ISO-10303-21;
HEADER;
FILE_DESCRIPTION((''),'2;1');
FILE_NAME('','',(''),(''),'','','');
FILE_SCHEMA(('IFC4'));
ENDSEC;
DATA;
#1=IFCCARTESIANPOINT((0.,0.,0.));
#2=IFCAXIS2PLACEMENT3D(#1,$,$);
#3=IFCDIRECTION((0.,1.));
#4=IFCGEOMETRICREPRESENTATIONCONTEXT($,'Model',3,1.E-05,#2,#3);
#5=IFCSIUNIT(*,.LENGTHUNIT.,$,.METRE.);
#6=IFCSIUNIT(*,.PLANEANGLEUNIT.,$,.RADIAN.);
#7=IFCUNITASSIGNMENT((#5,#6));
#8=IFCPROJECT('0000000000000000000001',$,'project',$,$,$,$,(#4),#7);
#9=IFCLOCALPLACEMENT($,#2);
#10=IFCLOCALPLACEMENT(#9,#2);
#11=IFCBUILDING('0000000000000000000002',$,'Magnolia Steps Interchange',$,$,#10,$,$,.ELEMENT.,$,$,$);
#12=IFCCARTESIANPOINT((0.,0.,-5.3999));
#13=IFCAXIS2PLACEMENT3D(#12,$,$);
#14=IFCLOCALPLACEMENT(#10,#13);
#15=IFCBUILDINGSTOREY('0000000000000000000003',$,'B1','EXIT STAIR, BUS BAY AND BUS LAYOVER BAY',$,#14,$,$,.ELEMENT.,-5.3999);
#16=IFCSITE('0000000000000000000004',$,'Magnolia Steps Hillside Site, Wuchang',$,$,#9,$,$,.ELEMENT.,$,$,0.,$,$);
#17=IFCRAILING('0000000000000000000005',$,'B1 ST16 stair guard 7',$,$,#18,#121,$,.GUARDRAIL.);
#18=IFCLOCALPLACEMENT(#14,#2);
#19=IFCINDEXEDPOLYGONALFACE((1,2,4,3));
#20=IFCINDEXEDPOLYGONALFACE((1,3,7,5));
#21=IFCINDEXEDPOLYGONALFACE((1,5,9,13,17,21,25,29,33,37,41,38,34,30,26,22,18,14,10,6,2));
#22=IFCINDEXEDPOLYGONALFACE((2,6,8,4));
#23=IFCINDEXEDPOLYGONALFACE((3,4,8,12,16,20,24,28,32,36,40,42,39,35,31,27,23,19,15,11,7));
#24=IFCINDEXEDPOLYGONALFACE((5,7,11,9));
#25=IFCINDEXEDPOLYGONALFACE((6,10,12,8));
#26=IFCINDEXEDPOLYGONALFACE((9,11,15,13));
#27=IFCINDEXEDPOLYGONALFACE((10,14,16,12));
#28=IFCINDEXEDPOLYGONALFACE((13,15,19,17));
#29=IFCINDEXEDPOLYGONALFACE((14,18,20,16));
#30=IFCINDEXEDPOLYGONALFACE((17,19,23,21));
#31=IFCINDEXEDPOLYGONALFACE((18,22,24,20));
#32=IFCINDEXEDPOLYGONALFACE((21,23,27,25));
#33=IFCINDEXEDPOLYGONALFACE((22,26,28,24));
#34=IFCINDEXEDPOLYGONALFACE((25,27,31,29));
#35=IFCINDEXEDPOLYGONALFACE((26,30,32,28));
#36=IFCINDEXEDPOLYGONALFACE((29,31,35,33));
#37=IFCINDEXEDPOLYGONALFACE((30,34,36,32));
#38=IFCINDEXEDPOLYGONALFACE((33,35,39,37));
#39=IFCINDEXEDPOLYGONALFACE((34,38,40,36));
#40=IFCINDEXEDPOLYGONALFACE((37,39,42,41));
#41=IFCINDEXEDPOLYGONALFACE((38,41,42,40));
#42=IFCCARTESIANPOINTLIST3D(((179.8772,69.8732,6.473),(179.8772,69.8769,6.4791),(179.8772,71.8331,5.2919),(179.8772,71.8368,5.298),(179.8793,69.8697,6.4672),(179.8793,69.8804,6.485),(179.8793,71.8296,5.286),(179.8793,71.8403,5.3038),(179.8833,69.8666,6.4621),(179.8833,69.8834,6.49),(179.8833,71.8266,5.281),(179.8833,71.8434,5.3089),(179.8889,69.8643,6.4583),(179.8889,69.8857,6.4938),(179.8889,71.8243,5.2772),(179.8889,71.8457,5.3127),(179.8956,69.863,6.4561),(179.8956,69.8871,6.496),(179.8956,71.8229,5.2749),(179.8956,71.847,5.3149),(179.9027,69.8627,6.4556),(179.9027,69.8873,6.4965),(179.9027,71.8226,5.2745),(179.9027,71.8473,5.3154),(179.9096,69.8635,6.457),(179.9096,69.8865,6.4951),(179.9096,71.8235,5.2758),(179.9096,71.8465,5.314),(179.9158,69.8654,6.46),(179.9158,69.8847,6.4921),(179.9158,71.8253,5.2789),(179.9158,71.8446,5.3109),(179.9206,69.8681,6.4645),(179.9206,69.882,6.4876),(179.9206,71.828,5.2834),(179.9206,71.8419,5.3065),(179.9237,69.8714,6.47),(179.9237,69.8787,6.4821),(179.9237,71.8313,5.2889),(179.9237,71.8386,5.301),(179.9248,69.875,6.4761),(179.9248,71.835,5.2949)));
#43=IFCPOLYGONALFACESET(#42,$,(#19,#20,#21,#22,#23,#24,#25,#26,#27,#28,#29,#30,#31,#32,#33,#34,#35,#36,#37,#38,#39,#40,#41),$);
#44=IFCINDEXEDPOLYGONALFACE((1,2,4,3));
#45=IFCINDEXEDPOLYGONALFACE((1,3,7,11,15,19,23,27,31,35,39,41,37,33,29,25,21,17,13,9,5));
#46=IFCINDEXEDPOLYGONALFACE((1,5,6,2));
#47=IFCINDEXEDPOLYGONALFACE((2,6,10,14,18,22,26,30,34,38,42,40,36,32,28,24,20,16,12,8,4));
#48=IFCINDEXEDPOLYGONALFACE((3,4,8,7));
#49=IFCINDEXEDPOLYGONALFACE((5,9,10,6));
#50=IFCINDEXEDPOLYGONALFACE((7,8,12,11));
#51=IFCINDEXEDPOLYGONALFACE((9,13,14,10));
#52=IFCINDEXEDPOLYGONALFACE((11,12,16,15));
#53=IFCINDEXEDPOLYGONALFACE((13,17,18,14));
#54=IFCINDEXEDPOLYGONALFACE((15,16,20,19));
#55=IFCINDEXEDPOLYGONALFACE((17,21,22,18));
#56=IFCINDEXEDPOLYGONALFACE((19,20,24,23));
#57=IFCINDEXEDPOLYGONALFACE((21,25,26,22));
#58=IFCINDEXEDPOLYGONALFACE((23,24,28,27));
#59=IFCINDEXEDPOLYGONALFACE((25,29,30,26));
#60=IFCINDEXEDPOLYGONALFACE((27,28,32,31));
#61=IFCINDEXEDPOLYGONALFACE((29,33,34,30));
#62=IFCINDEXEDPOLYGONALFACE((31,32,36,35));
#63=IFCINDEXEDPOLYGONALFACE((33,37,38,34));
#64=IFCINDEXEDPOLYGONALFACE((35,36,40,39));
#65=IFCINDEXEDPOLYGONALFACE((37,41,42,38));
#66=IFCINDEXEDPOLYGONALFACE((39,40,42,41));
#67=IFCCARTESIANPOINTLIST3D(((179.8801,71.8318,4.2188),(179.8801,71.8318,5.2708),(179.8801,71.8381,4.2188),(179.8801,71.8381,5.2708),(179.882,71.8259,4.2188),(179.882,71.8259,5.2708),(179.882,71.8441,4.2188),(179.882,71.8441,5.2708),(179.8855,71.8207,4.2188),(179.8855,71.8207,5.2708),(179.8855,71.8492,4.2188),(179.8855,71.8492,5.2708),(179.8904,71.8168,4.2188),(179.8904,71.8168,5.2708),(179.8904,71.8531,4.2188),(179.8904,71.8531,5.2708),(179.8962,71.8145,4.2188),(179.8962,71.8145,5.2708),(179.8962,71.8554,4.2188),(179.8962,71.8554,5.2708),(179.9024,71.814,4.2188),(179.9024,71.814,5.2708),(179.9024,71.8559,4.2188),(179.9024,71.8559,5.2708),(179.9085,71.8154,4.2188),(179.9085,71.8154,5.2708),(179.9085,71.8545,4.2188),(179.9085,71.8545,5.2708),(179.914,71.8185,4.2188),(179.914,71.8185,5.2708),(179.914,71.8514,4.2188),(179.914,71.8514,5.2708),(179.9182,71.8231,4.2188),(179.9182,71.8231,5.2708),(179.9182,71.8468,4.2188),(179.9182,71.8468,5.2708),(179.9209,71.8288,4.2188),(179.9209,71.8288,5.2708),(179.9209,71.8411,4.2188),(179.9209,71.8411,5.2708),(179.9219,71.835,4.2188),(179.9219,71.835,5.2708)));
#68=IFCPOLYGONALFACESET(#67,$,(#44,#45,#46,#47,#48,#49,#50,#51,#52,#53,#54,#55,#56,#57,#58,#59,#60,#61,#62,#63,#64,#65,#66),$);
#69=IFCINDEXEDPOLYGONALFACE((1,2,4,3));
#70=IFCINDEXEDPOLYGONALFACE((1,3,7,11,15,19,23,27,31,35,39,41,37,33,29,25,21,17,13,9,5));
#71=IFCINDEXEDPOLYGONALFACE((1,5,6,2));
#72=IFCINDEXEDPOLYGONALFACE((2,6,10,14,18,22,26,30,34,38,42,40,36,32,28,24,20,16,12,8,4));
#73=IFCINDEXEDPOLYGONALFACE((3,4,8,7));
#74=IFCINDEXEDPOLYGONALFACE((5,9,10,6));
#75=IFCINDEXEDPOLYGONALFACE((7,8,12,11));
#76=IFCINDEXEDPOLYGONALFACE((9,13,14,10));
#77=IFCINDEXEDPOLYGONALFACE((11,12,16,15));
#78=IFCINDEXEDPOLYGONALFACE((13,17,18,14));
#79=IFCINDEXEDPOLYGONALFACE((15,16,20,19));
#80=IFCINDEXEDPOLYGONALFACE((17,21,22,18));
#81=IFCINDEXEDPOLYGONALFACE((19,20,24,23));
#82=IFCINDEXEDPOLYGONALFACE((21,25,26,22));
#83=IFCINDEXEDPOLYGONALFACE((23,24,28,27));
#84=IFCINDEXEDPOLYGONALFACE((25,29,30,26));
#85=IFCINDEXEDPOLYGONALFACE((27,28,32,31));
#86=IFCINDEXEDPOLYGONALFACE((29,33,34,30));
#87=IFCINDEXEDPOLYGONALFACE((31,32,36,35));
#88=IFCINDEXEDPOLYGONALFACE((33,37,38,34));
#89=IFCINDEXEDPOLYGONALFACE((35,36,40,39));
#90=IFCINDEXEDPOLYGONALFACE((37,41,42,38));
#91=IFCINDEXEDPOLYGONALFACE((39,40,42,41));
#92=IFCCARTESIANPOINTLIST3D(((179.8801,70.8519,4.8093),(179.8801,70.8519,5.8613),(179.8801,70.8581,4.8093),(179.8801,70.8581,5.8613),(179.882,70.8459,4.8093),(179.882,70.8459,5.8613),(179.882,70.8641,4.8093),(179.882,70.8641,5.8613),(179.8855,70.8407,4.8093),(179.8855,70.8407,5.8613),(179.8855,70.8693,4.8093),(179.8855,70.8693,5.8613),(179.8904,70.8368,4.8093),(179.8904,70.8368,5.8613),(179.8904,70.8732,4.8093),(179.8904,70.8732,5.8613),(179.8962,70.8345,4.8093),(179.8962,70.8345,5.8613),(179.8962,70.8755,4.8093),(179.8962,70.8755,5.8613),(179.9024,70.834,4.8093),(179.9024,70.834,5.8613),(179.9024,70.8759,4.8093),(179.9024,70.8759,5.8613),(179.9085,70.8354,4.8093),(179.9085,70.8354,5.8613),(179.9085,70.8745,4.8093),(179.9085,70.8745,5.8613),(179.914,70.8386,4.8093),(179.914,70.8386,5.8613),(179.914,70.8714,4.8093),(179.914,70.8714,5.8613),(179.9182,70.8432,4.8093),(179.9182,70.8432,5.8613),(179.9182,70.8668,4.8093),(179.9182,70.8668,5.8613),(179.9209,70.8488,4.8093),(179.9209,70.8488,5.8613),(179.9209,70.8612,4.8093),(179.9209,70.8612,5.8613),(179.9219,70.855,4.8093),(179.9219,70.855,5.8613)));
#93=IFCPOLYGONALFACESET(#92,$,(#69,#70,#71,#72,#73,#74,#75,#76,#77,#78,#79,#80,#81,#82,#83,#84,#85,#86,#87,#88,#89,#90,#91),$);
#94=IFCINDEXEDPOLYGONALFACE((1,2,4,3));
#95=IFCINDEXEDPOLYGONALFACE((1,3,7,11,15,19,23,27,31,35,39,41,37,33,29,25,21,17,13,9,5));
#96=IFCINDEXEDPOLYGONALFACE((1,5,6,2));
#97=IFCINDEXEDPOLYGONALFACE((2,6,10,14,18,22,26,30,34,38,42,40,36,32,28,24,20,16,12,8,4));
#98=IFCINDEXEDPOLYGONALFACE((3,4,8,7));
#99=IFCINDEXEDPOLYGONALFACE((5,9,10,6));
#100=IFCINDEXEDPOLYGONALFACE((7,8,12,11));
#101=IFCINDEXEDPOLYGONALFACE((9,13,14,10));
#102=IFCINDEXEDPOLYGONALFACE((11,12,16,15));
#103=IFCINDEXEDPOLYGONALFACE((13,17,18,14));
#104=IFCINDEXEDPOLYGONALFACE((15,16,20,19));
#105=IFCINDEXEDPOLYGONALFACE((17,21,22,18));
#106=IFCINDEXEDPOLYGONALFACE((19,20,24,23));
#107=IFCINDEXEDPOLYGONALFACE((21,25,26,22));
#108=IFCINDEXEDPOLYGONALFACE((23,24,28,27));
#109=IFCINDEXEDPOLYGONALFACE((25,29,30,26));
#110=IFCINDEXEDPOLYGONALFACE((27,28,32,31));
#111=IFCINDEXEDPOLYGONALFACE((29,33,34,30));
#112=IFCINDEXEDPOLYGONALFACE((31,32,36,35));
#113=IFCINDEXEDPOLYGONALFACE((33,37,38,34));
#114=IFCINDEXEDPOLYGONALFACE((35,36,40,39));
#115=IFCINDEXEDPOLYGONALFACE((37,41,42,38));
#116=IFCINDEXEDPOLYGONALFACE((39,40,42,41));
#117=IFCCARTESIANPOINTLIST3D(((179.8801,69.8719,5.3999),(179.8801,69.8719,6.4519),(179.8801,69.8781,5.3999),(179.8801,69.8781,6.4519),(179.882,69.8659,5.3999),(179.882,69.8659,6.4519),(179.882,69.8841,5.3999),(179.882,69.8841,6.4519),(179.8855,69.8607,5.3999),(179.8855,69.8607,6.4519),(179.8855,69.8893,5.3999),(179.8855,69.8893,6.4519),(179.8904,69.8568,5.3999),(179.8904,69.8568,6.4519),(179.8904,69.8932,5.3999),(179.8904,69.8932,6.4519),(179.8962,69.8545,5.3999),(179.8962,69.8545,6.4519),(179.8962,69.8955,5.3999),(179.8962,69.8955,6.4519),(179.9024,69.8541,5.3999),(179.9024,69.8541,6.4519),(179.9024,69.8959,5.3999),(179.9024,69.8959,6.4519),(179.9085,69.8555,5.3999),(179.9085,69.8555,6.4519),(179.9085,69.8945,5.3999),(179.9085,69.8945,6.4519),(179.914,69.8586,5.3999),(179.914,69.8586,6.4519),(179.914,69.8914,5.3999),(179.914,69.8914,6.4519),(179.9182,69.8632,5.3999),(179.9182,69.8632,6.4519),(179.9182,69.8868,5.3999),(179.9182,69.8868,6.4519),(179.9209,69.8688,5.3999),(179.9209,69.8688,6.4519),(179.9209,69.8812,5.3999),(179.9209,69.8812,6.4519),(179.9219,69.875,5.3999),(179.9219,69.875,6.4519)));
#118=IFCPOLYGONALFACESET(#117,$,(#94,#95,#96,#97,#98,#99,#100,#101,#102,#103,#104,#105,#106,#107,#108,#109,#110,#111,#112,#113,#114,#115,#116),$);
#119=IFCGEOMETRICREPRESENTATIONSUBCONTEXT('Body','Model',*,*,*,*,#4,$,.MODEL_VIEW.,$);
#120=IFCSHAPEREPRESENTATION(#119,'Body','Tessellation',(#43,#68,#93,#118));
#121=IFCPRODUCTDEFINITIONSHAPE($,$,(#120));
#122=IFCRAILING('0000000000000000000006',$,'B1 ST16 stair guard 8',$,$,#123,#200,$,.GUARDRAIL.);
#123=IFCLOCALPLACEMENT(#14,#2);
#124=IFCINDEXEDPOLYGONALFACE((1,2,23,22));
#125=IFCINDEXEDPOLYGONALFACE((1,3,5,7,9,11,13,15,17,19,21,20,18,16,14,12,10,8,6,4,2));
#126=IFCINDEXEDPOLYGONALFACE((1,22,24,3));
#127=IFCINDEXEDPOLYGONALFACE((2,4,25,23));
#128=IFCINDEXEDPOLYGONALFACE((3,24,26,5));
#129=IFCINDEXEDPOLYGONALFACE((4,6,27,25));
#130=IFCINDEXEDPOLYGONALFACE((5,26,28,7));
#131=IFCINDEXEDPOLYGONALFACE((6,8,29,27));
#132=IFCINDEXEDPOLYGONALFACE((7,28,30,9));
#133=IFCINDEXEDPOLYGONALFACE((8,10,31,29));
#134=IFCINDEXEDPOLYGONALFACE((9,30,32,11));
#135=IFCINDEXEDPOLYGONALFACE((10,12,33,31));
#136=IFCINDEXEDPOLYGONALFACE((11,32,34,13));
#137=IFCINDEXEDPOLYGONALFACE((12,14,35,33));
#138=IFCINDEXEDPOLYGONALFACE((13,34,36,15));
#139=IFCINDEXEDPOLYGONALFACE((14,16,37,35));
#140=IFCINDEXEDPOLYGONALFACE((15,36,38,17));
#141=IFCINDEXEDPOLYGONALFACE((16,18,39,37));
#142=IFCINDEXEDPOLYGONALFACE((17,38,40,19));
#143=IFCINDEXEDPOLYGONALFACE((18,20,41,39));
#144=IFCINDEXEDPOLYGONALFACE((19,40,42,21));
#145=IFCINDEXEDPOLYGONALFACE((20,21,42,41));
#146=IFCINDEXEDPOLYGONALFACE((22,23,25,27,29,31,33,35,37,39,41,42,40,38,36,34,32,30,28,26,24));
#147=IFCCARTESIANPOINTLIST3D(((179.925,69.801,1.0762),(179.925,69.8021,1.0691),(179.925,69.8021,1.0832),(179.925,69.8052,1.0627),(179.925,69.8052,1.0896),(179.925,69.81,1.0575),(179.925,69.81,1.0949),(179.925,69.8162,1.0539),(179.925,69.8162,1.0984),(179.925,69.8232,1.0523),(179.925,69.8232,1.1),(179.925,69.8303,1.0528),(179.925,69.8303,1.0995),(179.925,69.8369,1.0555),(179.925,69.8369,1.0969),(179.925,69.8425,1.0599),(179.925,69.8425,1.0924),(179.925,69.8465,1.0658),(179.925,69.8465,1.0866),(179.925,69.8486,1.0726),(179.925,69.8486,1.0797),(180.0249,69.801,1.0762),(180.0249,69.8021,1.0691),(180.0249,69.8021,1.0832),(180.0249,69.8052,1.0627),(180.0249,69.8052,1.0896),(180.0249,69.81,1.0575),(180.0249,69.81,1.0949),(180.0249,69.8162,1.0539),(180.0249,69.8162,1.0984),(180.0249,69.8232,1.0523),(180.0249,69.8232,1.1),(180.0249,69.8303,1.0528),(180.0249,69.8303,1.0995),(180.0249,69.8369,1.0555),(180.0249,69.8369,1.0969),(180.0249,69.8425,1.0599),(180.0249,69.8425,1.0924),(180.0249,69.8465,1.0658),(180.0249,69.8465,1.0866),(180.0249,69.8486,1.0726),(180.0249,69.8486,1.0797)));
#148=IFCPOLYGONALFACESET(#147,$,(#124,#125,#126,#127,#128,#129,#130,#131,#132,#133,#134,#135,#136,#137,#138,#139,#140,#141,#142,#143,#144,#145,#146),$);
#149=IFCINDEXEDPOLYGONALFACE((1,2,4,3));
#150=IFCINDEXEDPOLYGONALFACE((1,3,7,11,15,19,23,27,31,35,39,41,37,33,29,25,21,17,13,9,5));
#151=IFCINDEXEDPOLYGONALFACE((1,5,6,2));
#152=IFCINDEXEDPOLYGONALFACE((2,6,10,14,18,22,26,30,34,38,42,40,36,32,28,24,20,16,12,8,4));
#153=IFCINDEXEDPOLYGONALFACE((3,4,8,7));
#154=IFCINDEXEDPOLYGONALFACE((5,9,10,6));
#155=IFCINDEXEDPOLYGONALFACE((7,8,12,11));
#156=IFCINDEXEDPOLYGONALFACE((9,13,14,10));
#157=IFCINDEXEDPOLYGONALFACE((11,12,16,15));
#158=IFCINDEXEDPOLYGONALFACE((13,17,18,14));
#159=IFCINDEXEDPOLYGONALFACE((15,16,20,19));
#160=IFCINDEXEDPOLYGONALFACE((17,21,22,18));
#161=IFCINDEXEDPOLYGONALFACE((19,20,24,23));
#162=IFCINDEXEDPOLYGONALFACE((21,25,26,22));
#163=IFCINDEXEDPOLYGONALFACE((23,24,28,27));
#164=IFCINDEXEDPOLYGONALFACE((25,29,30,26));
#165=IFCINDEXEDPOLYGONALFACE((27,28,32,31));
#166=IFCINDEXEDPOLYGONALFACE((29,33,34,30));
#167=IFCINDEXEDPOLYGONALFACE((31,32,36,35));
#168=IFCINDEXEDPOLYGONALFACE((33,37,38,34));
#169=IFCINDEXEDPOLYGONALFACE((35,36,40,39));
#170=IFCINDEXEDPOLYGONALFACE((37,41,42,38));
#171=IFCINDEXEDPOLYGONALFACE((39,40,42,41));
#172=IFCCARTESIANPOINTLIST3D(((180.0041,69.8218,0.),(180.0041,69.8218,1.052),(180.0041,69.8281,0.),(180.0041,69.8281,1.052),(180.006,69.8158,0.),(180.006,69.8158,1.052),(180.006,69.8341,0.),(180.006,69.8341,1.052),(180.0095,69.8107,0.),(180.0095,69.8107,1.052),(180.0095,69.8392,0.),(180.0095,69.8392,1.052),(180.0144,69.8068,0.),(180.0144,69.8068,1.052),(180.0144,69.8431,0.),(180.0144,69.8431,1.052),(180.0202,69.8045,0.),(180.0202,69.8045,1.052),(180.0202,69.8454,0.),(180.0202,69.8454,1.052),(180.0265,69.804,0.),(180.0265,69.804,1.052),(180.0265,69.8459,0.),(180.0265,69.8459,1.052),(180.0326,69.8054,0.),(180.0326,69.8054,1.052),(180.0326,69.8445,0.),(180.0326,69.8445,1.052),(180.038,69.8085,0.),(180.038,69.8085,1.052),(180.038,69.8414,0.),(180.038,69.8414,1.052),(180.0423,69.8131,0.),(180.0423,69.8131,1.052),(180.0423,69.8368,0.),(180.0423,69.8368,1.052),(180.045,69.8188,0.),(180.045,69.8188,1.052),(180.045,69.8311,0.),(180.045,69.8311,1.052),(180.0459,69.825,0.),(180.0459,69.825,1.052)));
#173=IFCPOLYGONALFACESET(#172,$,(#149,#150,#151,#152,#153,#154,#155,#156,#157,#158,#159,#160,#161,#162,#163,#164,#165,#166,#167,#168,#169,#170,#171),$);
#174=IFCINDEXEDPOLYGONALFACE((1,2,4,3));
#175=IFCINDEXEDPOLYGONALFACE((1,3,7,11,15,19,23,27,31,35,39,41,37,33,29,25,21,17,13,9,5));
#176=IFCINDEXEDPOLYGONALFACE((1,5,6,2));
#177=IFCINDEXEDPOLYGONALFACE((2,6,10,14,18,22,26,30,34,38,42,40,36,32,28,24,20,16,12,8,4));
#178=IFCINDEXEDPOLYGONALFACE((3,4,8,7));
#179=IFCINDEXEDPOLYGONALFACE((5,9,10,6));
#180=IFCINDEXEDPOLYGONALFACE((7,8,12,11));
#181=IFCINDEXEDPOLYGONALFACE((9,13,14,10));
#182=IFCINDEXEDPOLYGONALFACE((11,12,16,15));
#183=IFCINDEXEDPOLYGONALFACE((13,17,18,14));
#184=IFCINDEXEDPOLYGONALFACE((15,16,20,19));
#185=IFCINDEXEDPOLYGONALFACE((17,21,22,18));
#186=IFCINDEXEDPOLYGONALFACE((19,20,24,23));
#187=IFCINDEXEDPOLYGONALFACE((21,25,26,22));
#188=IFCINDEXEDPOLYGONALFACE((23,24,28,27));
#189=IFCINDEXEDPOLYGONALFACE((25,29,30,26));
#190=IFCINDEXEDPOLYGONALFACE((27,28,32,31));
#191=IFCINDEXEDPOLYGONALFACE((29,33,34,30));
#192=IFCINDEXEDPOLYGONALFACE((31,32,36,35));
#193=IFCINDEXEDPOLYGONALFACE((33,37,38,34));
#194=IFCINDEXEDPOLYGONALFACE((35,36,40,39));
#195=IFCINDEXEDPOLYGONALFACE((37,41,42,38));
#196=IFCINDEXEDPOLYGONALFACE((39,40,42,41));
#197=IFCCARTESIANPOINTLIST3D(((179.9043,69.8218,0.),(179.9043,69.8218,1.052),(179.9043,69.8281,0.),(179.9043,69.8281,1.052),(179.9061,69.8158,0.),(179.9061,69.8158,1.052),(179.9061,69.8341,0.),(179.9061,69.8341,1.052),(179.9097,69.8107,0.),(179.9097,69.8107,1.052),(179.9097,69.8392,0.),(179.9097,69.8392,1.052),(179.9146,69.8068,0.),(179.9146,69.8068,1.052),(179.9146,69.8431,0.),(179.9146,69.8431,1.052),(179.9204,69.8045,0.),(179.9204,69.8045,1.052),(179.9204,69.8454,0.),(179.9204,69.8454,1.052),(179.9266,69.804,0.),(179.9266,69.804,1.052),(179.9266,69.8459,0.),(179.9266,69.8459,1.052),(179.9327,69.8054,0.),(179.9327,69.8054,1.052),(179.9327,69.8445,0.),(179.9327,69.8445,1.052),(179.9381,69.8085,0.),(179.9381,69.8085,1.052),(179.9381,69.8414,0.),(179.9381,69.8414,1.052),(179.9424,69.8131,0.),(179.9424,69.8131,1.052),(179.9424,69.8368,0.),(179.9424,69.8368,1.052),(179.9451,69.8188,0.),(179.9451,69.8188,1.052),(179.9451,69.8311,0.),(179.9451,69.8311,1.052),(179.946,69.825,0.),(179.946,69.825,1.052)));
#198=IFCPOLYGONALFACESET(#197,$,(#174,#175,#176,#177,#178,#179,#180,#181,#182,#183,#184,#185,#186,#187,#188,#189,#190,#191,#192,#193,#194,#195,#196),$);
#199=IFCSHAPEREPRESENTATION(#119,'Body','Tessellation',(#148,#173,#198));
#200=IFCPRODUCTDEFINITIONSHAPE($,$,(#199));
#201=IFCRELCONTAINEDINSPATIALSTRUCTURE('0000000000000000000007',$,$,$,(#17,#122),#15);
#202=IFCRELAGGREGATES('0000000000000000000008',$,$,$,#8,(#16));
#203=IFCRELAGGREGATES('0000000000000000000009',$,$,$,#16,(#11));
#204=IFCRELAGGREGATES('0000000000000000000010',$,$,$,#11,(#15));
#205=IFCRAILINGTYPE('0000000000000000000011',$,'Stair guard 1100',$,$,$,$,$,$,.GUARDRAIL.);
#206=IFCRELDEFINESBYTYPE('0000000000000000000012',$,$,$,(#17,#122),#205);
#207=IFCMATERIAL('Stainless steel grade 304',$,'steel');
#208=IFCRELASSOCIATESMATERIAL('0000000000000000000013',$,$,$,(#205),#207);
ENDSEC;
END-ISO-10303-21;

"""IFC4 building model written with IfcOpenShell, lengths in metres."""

from ifc_helpers import new_model, si_unit, direction, frame, origin, origin_2d, place, context, subcontext, project, spatial, circle, extrude, material, type_object, element, save


model = new_model("IFC4")

# Units and contexts
model_context = context("Model", 3, precision=1e-05, world=origin(), true_north=direction((0.0, 1.0)))
body_context = subcontext(model_context, "Body", "Model", "MODEL_VIEW")
ifc_project = project(units=[si_unit("LENGTHUNIT", "METRE"), si_unit("PLANEANGLEUNIT", "RADIAN")], contexts=[model_context])

# Site, building, storey
site_placement = place(None, origin())
site = spatial("IfcSite", under=ifc_project, at=site_placement, Name="Magnolia Steps Hillside Site, Wuchang", CompositionType="ELEMENT", RefElevation=0.0)
building_placement = place(site_placement, origin())
building = spatial("IfcBuilding", under=site, at=building_placement, Name="Magnolia Steps Interchange", CompositionType="ELEMENT")
storey_placement = place(building_placement, frame((0.0, 0.0, -5.3999)))
storey = spatial("IfcBuildingStorey", under=building, at=storey_placement, Name="B1", Description="EXIT STAIR, BUS BAY AND BUS LAYOVER BAY", CompositionType="ELEMENT", Elevation=-5.3999)

# Railings
ifc_material_1 = material(Name="Stainless steel grade 304", Category="steel")
railing_type_1 = type_object("IfcRailingType", Name="Stair guard 1100", PredefinedType="GUARDRAIL", material=ifc_material_1)
railing_1_placement = place(storey_placement, frame((179.9009, 71.835, 4.2188)))
element("IfcRailing", 1, at=railing_1_placement, inside=storey, type_object=railing_type_1, Name="B1 ST16 stair guard 7", PredefinedType="GUARDRAIL", context=body_context, shape_type="SweptSolid", body=[
    extrude(circle(Radius=0.0239, at=origin_2d()), frame((0.0, 0.0, 1.0762), z_axis=(0.0, -0.856493, 0.516158), x_axis=(1.0, 0.0, 0.0)), (0.0, 0.0, 1.0), 2.2883),
    extrude(circle(Radius=0.021, at=origin_2d()), origin(), (0.0, 0.0, 1.0), 1.052),
    extrude(circle(Radius=0.021, at=origin_2d()), frame((0.0, -0.98, 0.5906)), (0.0, 0.0, 1.0), 1.052),
    extrude(circle(Radius=0.021, at=origin_2d()), frame((0.0, -1.96, 1.1812)), (0.0, 0.0, 1.0), 1.052),
])
railing_2_placement = place(storey_placement, frame((180.0249, 69.825, 0.0)))
element("IfcRailing", 2, at=railing_2_placement, inside=storey, type_object=railing_type_1, Name="B1 ST16 stair guard 8", PredefinedType="GUARDRAIL", context=body_context, shape_type="SweptSolid", body=[
    extrude(circle(Radius=0.0239, at=origin_2d()), frame((0.0, 0.0, 1.0762), z_axis=(-1.0, 0.0, 0.0), x_axis=(0.0, -1.0, 0.0)), (0.0, 0.0, 1.0), 0.0999),
    extrude(circle(Radius=0.021, at=origin_2d()), origin(), (0.0, 0.0, 1.0), 1.052),
    extrude(circle(Radius=0.021, at=origin_2d()), frame((-0.0999, 0.0, 0.0)), (0.0, 0.0, 1.0), 1.052),
])

save(model, "model.ifc")
